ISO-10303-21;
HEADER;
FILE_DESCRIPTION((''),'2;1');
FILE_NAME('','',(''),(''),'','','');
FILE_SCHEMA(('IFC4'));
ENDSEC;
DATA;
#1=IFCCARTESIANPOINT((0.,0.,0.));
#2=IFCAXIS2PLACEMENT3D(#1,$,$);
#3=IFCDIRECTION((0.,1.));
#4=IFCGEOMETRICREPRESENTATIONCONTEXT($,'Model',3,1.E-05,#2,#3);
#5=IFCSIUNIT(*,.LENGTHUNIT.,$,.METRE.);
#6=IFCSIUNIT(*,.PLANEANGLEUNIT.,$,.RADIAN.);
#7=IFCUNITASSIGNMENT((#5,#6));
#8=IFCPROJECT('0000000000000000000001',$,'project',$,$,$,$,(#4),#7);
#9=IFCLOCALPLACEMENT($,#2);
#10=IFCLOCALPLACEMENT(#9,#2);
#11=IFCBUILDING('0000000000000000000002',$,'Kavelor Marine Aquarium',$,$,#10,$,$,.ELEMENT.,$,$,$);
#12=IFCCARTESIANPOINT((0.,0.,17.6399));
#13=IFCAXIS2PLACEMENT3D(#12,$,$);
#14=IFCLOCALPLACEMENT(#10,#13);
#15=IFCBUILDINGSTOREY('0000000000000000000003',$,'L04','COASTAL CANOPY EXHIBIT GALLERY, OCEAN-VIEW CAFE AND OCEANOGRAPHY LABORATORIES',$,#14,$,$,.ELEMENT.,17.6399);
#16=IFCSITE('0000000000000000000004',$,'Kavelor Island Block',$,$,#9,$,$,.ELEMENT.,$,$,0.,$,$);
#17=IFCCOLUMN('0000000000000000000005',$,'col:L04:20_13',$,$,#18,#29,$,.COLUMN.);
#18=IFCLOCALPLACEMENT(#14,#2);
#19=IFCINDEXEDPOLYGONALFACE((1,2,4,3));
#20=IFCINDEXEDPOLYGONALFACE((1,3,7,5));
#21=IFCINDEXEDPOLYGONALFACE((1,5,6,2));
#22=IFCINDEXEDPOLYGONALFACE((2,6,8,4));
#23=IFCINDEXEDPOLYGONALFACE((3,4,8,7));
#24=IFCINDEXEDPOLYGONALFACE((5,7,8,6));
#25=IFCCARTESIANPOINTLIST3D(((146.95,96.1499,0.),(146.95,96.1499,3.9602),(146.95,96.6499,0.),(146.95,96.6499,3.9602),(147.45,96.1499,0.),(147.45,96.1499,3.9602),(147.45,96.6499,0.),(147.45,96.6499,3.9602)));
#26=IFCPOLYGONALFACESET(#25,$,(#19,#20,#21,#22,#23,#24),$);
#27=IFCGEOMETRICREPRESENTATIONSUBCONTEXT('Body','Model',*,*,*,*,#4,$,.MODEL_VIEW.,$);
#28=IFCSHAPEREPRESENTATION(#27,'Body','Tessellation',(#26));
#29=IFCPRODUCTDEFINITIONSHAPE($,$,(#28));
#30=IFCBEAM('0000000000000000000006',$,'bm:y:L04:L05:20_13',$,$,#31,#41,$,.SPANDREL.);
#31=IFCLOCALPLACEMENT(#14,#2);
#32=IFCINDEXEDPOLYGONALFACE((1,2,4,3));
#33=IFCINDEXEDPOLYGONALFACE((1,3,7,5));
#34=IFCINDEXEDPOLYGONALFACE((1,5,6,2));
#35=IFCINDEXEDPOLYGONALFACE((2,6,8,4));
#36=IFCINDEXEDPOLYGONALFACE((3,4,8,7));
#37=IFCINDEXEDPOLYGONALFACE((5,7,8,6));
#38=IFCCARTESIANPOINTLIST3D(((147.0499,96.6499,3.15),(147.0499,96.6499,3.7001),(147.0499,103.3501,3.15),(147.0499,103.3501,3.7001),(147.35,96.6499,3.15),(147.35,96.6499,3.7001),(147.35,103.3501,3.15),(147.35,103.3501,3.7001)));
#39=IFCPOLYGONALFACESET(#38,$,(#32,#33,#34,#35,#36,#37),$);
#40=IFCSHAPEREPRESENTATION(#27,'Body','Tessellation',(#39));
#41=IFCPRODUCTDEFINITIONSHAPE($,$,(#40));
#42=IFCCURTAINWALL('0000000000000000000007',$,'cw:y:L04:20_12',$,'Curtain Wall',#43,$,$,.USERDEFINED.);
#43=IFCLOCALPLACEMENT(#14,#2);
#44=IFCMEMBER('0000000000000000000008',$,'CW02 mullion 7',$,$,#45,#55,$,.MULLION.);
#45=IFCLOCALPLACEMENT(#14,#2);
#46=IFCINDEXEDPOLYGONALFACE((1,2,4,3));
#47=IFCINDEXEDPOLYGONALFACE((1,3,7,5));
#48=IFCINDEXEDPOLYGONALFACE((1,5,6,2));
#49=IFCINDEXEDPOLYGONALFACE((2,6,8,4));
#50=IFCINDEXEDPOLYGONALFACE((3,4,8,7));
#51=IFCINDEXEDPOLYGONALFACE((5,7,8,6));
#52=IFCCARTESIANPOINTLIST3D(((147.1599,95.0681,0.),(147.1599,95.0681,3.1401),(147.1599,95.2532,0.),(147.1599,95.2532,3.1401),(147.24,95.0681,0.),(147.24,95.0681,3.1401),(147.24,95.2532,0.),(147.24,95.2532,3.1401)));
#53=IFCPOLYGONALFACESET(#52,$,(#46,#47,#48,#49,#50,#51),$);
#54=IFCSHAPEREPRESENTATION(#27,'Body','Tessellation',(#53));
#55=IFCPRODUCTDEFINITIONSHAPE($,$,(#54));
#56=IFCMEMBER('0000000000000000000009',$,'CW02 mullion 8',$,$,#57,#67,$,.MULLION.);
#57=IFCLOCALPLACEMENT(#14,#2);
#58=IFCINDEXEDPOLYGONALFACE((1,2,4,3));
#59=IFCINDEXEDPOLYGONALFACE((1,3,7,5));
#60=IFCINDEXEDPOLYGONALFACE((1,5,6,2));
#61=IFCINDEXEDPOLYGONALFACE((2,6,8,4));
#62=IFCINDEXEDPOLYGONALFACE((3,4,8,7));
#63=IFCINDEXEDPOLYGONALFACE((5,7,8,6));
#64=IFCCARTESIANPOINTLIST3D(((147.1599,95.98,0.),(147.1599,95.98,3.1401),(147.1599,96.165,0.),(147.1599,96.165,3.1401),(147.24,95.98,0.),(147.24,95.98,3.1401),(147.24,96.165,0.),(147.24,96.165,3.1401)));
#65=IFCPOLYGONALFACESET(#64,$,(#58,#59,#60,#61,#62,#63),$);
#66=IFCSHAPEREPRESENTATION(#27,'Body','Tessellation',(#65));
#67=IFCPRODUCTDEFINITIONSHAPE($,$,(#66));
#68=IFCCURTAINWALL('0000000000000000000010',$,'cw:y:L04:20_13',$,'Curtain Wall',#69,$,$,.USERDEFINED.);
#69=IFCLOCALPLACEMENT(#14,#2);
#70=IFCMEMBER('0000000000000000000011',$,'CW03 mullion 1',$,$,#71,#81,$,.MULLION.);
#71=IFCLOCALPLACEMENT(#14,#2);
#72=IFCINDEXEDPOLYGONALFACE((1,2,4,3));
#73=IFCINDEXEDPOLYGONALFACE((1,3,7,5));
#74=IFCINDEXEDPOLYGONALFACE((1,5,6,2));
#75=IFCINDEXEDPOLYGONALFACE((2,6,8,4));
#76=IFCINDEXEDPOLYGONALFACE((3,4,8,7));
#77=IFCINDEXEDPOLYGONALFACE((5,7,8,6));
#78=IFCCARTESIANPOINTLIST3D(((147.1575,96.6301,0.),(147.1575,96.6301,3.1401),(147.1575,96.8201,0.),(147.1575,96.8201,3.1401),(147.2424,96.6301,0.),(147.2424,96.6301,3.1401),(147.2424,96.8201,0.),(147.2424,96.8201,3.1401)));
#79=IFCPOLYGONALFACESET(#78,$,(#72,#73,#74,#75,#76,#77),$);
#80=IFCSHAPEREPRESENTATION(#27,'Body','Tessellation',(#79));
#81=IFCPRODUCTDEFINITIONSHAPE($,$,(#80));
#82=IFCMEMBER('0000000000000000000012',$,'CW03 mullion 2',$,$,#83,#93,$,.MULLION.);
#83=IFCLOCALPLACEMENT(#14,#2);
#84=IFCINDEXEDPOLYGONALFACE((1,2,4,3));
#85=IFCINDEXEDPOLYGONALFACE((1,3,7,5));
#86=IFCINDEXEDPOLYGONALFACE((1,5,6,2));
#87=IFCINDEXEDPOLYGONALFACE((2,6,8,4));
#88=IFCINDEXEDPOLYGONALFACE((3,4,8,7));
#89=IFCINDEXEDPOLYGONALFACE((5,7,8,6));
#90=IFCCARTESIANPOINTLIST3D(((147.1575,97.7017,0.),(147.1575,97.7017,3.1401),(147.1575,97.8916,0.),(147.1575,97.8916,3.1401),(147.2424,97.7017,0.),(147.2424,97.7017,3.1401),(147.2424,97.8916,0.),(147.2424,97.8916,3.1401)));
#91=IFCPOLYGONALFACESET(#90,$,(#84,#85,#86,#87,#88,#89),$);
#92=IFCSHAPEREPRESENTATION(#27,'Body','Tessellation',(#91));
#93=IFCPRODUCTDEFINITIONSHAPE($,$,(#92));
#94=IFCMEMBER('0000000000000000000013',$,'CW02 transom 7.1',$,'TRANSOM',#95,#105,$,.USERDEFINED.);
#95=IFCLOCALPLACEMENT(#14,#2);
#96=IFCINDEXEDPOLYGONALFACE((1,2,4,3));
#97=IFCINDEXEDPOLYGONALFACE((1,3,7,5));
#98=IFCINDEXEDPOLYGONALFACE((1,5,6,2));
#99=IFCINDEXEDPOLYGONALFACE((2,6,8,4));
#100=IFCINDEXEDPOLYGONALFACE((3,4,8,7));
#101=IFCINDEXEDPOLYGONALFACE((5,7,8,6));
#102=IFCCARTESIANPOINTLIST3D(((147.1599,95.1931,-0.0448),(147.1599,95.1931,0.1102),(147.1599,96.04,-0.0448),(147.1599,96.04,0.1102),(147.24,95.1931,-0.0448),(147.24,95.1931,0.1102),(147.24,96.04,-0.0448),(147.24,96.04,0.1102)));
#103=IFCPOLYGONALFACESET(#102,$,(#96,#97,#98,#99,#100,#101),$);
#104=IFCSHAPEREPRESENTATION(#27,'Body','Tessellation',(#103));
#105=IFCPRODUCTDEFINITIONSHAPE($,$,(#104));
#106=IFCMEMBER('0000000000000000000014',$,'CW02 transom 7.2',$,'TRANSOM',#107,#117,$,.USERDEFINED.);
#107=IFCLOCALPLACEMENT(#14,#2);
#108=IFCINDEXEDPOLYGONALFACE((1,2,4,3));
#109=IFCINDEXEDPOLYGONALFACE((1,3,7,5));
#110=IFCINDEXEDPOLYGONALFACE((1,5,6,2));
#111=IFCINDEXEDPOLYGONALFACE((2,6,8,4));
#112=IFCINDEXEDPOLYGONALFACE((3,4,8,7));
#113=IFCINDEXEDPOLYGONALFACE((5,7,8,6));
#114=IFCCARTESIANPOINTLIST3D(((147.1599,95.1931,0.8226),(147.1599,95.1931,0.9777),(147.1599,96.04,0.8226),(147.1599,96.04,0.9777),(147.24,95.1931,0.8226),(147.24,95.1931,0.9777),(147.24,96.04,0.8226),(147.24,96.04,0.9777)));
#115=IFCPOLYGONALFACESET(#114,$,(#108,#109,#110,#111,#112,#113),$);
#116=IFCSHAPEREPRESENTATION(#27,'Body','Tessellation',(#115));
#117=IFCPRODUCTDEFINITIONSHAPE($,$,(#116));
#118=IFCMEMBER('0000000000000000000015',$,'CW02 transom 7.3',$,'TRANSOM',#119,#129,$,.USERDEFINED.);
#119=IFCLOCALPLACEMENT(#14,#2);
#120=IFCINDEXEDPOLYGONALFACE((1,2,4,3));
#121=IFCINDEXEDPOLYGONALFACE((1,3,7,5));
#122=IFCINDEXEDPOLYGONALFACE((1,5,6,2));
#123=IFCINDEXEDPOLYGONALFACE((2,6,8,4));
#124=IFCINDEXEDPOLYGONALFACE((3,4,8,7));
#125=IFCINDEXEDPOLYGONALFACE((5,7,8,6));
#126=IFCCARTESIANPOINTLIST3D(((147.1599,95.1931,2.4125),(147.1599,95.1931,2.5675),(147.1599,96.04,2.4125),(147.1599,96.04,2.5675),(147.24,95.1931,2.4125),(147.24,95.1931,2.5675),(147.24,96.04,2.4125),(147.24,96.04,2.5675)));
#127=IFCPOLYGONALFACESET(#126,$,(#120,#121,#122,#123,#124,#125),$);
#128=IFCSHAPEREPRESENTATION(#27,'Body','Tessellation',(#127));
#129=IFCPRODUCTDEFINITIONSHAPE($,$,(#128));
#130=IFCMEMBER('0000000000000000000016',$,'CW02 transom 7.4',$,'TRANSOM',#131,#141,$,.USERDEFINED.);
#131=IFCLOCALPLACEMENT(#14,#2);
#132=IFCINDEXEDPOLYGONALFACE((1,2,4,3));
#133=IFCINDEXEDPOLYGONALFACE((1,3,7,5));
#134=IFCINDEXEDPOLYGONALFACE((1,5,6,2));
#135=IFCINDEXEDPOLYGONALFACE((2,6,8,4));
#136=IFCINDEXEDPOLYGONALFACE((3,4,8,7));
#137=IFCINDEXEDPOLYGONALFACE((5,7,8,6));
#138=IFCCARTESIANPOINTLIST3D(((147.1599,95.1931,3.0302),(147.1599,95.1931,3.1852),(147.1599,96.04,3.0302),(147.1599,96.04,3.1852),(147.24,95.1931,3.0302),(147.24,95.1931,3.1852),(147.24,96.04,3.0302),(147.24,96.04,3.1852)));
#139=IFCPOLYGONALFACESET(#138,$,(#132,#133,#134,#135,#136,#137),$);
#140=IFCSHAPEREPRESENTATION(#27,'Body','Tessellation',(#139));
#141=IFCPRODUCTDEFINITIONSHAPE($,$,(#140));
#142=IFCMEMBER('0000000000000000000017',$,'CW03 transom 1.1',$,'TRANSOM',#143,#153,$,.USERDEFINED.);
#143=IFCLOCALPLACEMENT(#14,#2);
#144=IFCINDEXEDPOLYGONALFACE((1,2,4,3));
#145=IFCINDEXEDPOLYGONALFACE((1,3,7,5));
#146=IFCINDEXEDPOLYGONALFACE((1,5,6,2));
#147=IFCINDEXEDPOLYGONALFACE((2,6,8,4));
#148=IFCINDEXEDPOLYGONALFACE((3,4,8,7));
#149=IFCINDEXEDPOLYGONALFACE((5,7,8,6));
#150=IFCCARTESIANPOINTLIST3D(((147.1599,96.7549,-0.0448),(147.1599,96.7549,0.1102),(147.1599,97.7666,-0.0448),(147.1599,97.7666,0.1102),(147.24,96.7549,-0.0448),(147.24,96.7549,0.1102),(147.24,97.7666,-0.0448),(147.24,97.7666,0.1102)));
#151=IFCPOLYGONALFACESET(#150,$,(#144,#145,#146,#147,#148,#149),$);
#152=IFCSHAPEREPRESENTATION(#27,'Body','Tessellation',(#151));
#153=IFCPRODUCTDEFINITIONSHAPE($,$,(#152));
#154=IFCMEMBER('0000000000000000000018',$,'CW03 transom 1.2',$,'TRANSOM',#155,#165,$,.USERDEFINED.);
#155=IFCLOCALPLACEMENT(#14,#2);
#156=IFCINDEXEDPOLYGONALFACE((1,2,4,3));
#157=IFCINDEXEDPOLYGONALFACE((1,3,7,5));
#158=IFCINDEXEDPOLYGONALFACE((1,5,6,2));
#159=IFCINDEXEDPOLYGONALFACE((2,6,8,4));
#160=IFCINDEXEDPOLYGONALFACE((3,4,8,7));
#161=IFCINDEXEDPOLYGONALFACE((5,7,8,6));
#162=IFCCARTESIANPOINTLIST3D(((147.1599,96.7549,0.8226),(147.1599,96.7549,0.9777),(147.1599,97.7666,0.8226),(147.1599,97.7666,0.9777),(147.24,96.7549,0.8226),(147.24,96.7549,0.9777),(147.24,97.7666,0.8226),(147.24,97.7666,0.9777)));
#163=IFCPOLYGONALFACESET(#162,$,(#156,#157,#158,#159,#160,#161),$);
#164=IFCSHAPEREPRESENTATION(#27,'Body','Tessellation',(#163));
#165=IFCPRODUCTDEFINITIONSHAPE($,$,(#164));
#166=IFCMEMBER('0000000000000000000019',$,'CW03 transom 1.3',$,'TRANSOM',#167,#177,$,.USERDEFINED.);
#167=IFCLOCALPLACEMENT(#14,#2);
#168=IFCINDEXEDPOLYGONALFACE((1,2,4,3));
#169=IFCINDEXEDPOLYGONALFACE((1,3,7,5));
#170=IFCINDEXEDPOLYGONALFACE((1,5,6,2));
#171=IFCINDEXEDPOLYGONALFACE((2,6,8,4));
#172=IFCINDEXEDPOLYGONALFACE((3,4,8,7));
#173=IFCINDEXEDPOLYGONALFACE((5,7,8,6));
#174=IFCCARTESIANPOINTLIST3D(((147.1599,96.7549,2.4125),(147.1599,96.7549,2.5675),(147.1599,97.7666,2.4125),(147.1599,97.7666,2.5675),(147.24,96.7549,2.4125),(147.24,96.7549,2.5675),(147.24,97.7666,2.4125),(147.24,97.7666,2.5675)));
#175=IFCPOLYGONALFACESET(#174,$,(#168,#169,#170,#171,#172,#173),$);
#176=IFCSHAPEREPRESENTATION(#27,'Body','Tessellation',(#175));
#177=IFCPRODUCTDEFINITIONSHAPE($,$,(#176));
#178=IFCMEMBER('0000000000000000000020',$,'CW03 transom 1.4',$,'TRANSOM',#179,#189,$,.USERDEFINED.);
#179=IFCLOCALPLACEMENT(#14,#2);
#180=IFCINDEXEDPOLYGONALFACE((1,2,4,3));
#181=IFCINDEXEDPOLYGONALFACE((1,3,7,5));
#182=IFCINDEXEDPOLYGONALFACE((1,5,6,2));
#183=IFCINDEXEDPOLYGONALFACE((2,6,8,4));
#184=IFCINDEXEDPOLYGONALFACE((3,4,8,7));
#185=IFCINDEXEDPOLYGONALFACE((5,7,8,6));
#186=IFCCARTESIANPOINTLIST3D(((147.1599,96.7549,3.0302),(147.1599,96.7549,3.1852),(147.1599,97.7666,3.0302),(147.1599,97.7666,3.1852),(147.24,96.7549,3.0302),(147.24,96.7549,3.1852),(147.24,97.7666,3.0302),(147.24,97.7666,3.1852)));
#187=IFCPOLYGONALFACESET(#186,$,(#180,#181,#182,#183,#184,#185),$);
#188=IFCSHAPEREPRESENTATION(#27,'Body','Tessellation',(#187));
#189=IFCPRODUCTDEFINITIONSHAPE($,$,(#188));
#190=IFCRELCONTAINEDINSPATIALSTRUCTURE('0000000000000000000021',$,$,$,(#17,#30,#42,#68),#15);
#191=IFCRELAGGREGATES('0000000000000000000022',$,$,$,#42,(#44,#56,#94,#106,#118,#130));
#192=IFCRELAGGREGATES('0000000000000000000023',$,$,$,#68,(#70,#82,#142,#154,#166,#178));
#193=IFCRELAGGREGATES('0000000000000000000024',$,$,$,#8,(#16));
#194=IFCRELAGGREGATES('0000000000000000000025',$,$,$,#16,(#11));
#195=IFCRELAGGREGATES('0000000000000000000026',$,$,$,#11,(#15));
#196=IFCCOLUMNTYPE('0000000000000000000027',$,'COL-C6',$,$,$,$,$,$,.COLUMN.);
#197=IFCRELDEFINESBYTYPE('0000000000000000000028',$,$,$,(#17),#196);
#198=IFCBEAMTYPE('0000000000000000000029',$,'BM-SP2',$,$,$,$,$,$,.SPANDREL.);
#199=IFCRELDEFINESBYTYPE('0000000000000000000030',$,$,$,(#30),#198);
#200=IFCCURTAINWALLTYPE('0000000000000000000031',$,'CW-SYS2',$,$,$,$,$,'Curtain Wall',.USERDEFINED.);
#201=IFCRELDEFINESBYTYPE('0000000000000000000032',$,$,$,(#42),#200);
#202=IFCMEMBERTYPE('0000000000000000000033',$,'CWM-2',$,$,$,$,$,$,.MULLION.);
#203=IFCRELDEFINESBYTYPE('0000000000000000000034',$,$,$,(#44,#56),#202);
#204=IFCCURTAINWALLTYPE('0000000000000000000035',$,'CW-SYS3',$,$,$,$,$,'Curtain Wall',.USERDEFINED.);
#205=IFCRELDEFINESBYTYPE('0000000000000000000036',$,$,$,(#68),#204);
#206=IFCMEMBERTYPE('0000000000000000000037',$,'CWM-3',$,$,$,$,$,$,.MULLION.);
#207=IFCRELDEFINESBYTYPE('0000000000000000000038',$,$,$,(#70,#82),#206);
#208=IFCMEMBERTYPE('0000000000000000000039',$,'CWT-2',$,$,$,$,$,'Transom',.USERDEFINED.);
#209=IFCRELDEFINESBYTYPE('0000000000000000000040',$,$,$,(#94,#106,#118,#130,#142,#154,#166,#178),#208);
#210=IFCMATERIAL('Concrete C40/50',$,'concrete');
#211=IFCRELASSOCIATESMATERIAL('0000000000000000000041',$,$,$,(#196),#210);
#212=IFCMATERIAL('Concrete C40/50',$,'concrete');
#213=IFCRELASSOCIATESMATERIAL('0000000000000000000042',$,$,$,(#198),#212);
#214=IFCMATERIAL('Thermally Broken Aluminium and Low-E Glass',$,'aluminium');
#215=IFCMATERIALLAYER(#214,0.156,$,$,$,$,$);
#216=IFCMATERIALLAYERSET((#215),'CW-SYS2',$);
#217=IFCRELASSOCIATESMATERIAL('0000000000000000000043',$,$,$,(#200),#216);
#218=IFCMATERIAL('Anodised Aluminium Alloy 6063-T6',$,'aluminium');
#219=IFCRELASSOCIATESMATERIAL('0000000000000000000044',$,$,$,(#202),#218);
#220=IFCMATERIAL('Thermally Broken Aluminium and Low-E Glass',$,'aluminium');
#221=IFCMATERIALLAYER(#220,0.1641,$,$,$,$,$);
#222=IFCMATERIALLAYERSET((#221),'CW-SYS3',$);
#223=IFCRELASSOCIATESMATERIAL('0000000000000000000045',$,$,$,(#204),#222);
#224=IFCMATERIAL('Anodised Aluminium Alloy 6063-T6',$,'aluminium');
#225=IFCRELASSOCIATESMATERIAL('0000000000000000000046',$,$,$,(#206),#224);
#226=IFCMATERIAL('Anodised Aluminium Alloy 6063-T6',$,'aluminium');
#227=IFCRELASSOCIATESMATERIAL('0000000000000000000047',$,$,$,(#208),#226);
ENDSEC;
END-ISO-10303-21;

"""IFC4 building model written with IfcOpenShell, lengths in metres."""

from ifc_helpers import new_model, si_unit, direction, frame, origin, origin_2d, place, context, subcontext, project, spatial, rectangle, extrude, material, layer, layer_set, material_profile, profile_set, type_object, element, aggregate, save


model = new_model("IFC4")

# Units and contexts
model_context = context("Model", 3, precision=1e-05, world=origin(), true_north=direction((0.0, 1.0)))
body_context = subcontext(model_context, "Body", "Model", "MODEL_VIEW")
ifc_project = project(units=[si_unit("LENGTHUNIT", "METRE"), si_unit("PLANEANGLEUNIT", "RADIAN")], contexts=[model_context])

# Site, building, storey
site_placement = place(None, origin())
site = spatial("IfcSite", under=ifc_project, at=site_placement, Name="Kavelor Island Block", CompositionType="ELEMENT", RefElevation=0.0)
building_placement = place(site_placement, origin())
building = spatial("IfcBuilding", under=site, at=building_placement, Name="Kavelor Marine Aquarium", CompositionType="ELEMENT")
storey_placement = place(building_placement, frame((0.0, 0.0, 17.6399)))
storey = spatial("IfcBuildingStorey", under=building, at=storey_placement, Name="L04", Description="COASTAL CANOPY EXHIBIT GALLERY, OCEAN-VIEW CAFE AND OCEANOGRAPHY LABORATORIES", CompositionType="ELEMENT", Elevation=17.6399)

# Column
ifc_material_1 = material(Name="Concrete C40/50", Category="concrete")
ifc_material_profile_1 = material_profile(ifc_material_1, rectangle(XDim=0.5, YDim=0.5, at=origin_2d()), Name="RC-COL 500x500")
ifc_profile_set_1 = profile_set([ifc_material_profile_1], Name="Concrete C40/50")
column_type = type_object("IfcColumnType", Name="COL-C6", PredefinedType="COLUMN", material=ifc_profile_set_1)
column_placement = place(storey_placement, frame((147.2, 96.3999, 0.0), z_axis=(0.0, 0.0, 1.0), x_axis=(1.0, 0.0, 0.0)))
element("IfcColumn", 1, at=column_placement, inside=storey, type_object=column_type, Name="col:L04:20_13", PredefinedType="COLUMN", context=body_context, shape_type="SweptSolid", body=[
    extrude(rectangle(XDim=0.5, YDim=0.5, at=origin_2d()), origin(), (0.0, 0.0, 1.0), 3.9602),
])

# Beam
ifc_material_2 = material(Name="Concrete C40/50", Category="concrete")
ifc_material_profile_2 = material_profile(ifc_material_2, rectangle(XDim=0.3, YDim=0.55, at=origin_2d()), Name="RC-SP 300x550")
ifc_profile_set_2 = profile_set([ifc_material_profile_2], Name="Concrete C40/50")
beam_type = type_object("IfcBeamType", Name="BM-SP2", PredefinedType="SPANDREL", material=ifc_profile_set_2)
beam_placement = place(storey_placement, frame((147.2, 96.6499, 3.425), z_axis=(0.0, 1.0, 0.0), x_axis=(-1.0, 0.0, 0.0)))
element("IfcBeam", 2, at=beam_placement, inside=storey, type_object=beam_type, Name="bm:y:L04:L05:20_13", PredefinedType="SPANDREL", context=body_context, shape_type="SweptSolid", body=[
    extrude(rectangle(XDim=0.3, YDim=0.55, at=origin_2d()), origin(), (0.0, 0.0, 1.0), 6.7002),
])

# Curtain walls, members
ifc_material_3 = material(Name="Thermally Broken Aluminium and Low-E Glass", Category="aluminium")
ifc_layer_1 = layer(ifc_material_3, 0.156)
ifc_layer_set_1 = layer_set([ifc_layer_1], Name="CW-SYS2")
curtain_wall_type_1 = type_object("IfcCurtainWallType", Name="CW-SYS2", ElementType="Curtain Wall", PredefinedType="USERDEFINED", material=ifc_layer_set_1)
curtain_wall_1_placement = place(storey_placement, origin())
curtain_wall_1 = element("IfcCurtainWall", 3, at=curtain_wall_1_placement, inside=storey, type_object=curtain_wall_type_1, Name="cw:y:L04:20_12", ObjectType="Curtain Wall", PredefinedType="USERDEFINED")
ifc_material_4 = material(Name="Anodised Aluminium Alloy 6063-T6", Category="aluminium")
ifc_material_profile_3 = material_profile(ifc_material_4, rectangle(XDim=0.0801, YDim=0.1851, at=origin_2d()), Name="CW-MUL 80x185")
ifc_profile_set_3 = profile_set([ifc_material_profile_3], Name="Anodised Aluminium Alloy 6063-T6")
member_type_1 = type_object("IfcMemberType", Name="CWM-2", PredefinedType="MULLION", material=ifc_profile_set_3)
member_1_placement = place(storey_placement, frame((147.2, 95.1606, 0.0), z_axis=(0.0, 0.0, 1.0), x_axis=(-1.0, 0.0, 0.0)))
member_1 = element("IfcMember", 4, at=member_1_placement, type_object=member_type_1, Name="CW02 mullion 7", PredefinedType="MULLION", context=body_context, shape_type="SweptSolid", body=[
    extrude(rectangle(XDim=0.0801, YDim=0.1851, at=origin_2d()), origin(), (0.0, 0.0, 1.0), 3.1401),
])
member_2_placement = place(storey_placement, frame((147.2, 96.0725, 0.0), z_axis=(0.0, 0.0, 1.0), x_axis=(-1.0, 0.0, 0.0)))
member_2 = element("IfcMember", 5, at=member_2_placement, type_object=member_type_1, Name="CW02 mullion 8", PredefinedType="MULLION", context=body_context, shape_type="SweptSolid", body=[
    extrude(rectangle(XDim=0.0801, YDim=0.1851, at=origin_2d()), origin(), (0.0, 0.0, 1.0), 3.1401),
])
ifc_material_5 = material(Name="Thermally Broken Aluminium and Low-E Glass", Category="aluminium")
ifc_layer_2 = layer(ifc_material_5, 0.1641)
ifc_layer_set_2 = layer_set([ifc_layer_2], Name="CW-SYS3")
curtain_wall_type_2 = type_object("IfcCurtainWallType", Name="CW-SYS3", ElementType="Curtain Wall", PredefinedType="USERDEFINED", material=ifc_layer_set_2)
curtain_wall_2_placement = place(storey_placement, origin())
curtain_wall_2 = element("IfcCurtainWall", 6, at=curtain_wall_2_placement, inside=storey, type_object=curtain_wall_type_2, Name="cw:y:L04:20_13", ObjectType="Curtain Wall", PredefinedType="USERDEFINED")
ifc_material_6 = material(Name="Anodised Aluminium Alloy 6063-T6", Category="aluminium")
ifc_material_profile_4 = material_profile(ifc_material_6, rectangle(XDim=0.085, YDim=0.1899, at=origin_2d()), Name="CW-MUL 85x190")
ifc_profile_set_4 = profile_set([ifc_material_profile_4], Name="Anodised Aluminium Alloy 6063-T6")
member_type_2 = type_object("IfcMemberType", Name="CWM-3", PredefinedType="MULLION", material=ifc_profile_set_4)
member_3_placement = place(storey_placement, frame((147.2, 96.7251, 0.0), z_axis=(0.0, 0.0, 1.0), x_axis=(-1.0, 0.0, 0.0)))
member_3 = element("IfcMember", 7, at=member_3_placement, type_object=member_type_2, Name="CW03 mullion 1", PredefinedType="MULLION", context=body_context, shape_type="SweptSolid", body=[
    extrude(rectangle(XDim=0.085, YDim=0.1899, at=origin_2d()), origin(), (0.0, 0.0, 1.0), 3.1401),
])
member_4_placement = place(storey_placement, frame((147.2, 97.7966, 0.0), z_axis=(0.0, 0.0, 1.0), x_axis=(-1.0, 0.0, 0.0)))
member_4 = element("IfcMember", 8, at=member_4_placement, type_object=member_type_2, Name="CW03 mullion 2", PredefinedType="MULLION", context=body_context, shape_type="SweptSolid", body=[
    extrude(rectangle(XDim=0.085, YDim=0.1899, at=origin_2d()), origin(), (0.0, 0.0, 1.0), 3.1401),
])

# Members
ifc_material_7 = material(Name="Anodised Aluminium Alloy 6063-T6", Category="aluminium")
ifc_material_profile_5 = material_profile(ifc_material_7, rectangle(XDim=0.0801, YDim=0.155, at=origin_2d()), Name="CW-TRN 80x155")
ifc_profile_set_5 = profile_set([ifc_material_profile_5], Name="Anodised Aluminium Alloy 6063-T6")
member_type_3 = type_object("IfcMemberType", Name="CWT-2", ElementType="Transom", PredefinedType="USERDEFINED", material=ifc_profile_set_5)
member_5_placement = place(storey_placement, frame((147.2, 95.1931, 0.0327), z_axis=(0.0, 1.0, 0.0), x_axis=(-1.0, 0.0, 0.0)))
member_5 = element("IfcMember", 9, at=member_5_placement, type_object=member_type_3, Name="CW02 transom 7.1", ObjectType="TRANSOM", PredefinedType="USERDEFINED", context=body_context, shape_type="SweptSolid", body=[
    extrude(rectangle(XDim=0.0801, YDim=0.155, at=origin_2d()), origin(), (0.0, 0.0, 1.0), 0.8469),
])
member_6_placement = place(storey_placement, frame((147.2, 95.1931, 0.9001), z_axis=(0.0, 1.0, 0.0), x_axis=(-1.0, 0.0, 0.0)))
member_6 = element("IfcMember", 10, at=member_6_placement, type_object=member_type_3, Name="CW02 transom 7.2", ObjectType="TRANSOM", PredefinedType="USERDEFINED", context=body_context, shape_type="SweptSolid", body=[
    extrude(rectangle(XDim=0.0801, YDim=0.155, at=origin_2d()), origin(), (0.0, 0.0, 1.0), 0.8469),
])
member_7_placement = place(storey_placement, frame((147.2, 95.1931, 2.49), z_axis=(0.0, 1.0, 0.0), x_axis=(-1.0, 0.0, 0.0)))
member_7 = element("IfcMember", 11, at=member_7_placement, type_object=member_type_3, Name="CW02 transom 7.3", ObjectType="TRANSOM", PredefinedType="USERDEFINED", context=body_context, shape_type="SweptSolid", body=[
    extrude(rectangle(XDim=0.0801, YDim=0.155, at=origin_2d()), origin(), (0.0, 0.0, 1.0), 0.8469),
])
member_8_placement = place(storey_placement, frame((147.2, 95.1931, 3.1077), z_axis=(0.0, 1.0, 0.0), x_axis=(-1.0, 0.0, 0.0)))
member_8 = element("IfcMember", 12, at=member_8_placement, type_object=member_type_3, Name="CW02 transom 7.4", ObjectType="TRANSOM", PredefinedType="USERDEFINED", context=body_context, shape_type="SweptSolid", body=[
    extrude(rectangle(XDim=0.0801, YDim=0.155, at=origin_2d()), origin(), (0.0, 0.0, 1.0), 0.8469),
])
member_9_placement = place(storey_placement, frame((147.2, 96.7549, 0.0327), z_axis=(0.0, 1.0, 0.0), x_axis=(-1.0, 0.0, 0.0)))
member_9 = element("IfcMember", 13, at=member_9_placement, type_object=member_type_3, Name="CW03 transom 1.1", ObjectType="TRANSOM", PredefinedType="USERDEFINED", context=body_context, shape_type="SweptSolid", body=[
    extrude(rectangle(XDim=0.0801, YDim=0.155, at=origin_2d()), origin(), (0.0, 0.0, 1.0), 1.0117),
])
member_10_placement = place(storey_placement, frame((147.2, 96.7549, 0.9001), z_axis=(0.0, 1.0, 0.0), x_axis=(-1.0, 0.0, 0.0)))
member_10 = element("IfcMember", 14, at=member_10_placement, type_object=member_type_3, Name="CW03 transom 1.2", ObjectType="TRANSOM", PredefinedType="USERDEFINED", context=body_context, shape_type="SweptSolid", body=[
    extrude(rectangle(XDim=0.0801, YDim=0.155, at=origin_2d()), origin(), (0.0, 0.0, 1.0), 1.0117),
])
member_11_placement = place(storey_placement, frame((147.2, 96.7549, 2.49), z_axis=(0.0, 1.0, 0.0), x_axis=(-1.0, 0.0, 0.0)))
member_11 = element("IfcMember", 15, at=member_11_placement, type_object=member_type_3, Name="CW03 transom 1.3", ObjectType="TRANSOM", PredefinedType="USERDEFINED", context=body_context, shape_type="SweptSolid", body=[
    extrude(rectangle(XDim=0.0801, YDim=0.155, at=origin_2d()), origin(), (0.0, 0.0, 1.0), 1.0117),
])
member_12_placement = place(storey_placement, frame((147.2, 96.7549, 3.1077), z_axis=(0.0, 1.0, 0.0), x_axis=(-1.0, 0.0, 0.0)))
member_12 = element("IfcMember", 16, at=member_12_placement, type_object=member_type_3, Name="CW03 transom 1.4", ObjectType="TRANSOM", PredefinedType="USERDEFINED", context=body_context, shape_type="SweptSolid", body=[
    extrude(rectangle(XDim=0.0801, YDim=0.155, at=origin_2d()), origin(), (0.0, 0.0, 1.0), 1.0117),
])

aggregate(curtain_wall_1, [member_1, member_2, member_5, member_6, member_7, member_8])
aggregate(curtain_wall_2, [member_3, member_4, member_9, member_10, member_11, member_12])

save(model, "model.ifc")
